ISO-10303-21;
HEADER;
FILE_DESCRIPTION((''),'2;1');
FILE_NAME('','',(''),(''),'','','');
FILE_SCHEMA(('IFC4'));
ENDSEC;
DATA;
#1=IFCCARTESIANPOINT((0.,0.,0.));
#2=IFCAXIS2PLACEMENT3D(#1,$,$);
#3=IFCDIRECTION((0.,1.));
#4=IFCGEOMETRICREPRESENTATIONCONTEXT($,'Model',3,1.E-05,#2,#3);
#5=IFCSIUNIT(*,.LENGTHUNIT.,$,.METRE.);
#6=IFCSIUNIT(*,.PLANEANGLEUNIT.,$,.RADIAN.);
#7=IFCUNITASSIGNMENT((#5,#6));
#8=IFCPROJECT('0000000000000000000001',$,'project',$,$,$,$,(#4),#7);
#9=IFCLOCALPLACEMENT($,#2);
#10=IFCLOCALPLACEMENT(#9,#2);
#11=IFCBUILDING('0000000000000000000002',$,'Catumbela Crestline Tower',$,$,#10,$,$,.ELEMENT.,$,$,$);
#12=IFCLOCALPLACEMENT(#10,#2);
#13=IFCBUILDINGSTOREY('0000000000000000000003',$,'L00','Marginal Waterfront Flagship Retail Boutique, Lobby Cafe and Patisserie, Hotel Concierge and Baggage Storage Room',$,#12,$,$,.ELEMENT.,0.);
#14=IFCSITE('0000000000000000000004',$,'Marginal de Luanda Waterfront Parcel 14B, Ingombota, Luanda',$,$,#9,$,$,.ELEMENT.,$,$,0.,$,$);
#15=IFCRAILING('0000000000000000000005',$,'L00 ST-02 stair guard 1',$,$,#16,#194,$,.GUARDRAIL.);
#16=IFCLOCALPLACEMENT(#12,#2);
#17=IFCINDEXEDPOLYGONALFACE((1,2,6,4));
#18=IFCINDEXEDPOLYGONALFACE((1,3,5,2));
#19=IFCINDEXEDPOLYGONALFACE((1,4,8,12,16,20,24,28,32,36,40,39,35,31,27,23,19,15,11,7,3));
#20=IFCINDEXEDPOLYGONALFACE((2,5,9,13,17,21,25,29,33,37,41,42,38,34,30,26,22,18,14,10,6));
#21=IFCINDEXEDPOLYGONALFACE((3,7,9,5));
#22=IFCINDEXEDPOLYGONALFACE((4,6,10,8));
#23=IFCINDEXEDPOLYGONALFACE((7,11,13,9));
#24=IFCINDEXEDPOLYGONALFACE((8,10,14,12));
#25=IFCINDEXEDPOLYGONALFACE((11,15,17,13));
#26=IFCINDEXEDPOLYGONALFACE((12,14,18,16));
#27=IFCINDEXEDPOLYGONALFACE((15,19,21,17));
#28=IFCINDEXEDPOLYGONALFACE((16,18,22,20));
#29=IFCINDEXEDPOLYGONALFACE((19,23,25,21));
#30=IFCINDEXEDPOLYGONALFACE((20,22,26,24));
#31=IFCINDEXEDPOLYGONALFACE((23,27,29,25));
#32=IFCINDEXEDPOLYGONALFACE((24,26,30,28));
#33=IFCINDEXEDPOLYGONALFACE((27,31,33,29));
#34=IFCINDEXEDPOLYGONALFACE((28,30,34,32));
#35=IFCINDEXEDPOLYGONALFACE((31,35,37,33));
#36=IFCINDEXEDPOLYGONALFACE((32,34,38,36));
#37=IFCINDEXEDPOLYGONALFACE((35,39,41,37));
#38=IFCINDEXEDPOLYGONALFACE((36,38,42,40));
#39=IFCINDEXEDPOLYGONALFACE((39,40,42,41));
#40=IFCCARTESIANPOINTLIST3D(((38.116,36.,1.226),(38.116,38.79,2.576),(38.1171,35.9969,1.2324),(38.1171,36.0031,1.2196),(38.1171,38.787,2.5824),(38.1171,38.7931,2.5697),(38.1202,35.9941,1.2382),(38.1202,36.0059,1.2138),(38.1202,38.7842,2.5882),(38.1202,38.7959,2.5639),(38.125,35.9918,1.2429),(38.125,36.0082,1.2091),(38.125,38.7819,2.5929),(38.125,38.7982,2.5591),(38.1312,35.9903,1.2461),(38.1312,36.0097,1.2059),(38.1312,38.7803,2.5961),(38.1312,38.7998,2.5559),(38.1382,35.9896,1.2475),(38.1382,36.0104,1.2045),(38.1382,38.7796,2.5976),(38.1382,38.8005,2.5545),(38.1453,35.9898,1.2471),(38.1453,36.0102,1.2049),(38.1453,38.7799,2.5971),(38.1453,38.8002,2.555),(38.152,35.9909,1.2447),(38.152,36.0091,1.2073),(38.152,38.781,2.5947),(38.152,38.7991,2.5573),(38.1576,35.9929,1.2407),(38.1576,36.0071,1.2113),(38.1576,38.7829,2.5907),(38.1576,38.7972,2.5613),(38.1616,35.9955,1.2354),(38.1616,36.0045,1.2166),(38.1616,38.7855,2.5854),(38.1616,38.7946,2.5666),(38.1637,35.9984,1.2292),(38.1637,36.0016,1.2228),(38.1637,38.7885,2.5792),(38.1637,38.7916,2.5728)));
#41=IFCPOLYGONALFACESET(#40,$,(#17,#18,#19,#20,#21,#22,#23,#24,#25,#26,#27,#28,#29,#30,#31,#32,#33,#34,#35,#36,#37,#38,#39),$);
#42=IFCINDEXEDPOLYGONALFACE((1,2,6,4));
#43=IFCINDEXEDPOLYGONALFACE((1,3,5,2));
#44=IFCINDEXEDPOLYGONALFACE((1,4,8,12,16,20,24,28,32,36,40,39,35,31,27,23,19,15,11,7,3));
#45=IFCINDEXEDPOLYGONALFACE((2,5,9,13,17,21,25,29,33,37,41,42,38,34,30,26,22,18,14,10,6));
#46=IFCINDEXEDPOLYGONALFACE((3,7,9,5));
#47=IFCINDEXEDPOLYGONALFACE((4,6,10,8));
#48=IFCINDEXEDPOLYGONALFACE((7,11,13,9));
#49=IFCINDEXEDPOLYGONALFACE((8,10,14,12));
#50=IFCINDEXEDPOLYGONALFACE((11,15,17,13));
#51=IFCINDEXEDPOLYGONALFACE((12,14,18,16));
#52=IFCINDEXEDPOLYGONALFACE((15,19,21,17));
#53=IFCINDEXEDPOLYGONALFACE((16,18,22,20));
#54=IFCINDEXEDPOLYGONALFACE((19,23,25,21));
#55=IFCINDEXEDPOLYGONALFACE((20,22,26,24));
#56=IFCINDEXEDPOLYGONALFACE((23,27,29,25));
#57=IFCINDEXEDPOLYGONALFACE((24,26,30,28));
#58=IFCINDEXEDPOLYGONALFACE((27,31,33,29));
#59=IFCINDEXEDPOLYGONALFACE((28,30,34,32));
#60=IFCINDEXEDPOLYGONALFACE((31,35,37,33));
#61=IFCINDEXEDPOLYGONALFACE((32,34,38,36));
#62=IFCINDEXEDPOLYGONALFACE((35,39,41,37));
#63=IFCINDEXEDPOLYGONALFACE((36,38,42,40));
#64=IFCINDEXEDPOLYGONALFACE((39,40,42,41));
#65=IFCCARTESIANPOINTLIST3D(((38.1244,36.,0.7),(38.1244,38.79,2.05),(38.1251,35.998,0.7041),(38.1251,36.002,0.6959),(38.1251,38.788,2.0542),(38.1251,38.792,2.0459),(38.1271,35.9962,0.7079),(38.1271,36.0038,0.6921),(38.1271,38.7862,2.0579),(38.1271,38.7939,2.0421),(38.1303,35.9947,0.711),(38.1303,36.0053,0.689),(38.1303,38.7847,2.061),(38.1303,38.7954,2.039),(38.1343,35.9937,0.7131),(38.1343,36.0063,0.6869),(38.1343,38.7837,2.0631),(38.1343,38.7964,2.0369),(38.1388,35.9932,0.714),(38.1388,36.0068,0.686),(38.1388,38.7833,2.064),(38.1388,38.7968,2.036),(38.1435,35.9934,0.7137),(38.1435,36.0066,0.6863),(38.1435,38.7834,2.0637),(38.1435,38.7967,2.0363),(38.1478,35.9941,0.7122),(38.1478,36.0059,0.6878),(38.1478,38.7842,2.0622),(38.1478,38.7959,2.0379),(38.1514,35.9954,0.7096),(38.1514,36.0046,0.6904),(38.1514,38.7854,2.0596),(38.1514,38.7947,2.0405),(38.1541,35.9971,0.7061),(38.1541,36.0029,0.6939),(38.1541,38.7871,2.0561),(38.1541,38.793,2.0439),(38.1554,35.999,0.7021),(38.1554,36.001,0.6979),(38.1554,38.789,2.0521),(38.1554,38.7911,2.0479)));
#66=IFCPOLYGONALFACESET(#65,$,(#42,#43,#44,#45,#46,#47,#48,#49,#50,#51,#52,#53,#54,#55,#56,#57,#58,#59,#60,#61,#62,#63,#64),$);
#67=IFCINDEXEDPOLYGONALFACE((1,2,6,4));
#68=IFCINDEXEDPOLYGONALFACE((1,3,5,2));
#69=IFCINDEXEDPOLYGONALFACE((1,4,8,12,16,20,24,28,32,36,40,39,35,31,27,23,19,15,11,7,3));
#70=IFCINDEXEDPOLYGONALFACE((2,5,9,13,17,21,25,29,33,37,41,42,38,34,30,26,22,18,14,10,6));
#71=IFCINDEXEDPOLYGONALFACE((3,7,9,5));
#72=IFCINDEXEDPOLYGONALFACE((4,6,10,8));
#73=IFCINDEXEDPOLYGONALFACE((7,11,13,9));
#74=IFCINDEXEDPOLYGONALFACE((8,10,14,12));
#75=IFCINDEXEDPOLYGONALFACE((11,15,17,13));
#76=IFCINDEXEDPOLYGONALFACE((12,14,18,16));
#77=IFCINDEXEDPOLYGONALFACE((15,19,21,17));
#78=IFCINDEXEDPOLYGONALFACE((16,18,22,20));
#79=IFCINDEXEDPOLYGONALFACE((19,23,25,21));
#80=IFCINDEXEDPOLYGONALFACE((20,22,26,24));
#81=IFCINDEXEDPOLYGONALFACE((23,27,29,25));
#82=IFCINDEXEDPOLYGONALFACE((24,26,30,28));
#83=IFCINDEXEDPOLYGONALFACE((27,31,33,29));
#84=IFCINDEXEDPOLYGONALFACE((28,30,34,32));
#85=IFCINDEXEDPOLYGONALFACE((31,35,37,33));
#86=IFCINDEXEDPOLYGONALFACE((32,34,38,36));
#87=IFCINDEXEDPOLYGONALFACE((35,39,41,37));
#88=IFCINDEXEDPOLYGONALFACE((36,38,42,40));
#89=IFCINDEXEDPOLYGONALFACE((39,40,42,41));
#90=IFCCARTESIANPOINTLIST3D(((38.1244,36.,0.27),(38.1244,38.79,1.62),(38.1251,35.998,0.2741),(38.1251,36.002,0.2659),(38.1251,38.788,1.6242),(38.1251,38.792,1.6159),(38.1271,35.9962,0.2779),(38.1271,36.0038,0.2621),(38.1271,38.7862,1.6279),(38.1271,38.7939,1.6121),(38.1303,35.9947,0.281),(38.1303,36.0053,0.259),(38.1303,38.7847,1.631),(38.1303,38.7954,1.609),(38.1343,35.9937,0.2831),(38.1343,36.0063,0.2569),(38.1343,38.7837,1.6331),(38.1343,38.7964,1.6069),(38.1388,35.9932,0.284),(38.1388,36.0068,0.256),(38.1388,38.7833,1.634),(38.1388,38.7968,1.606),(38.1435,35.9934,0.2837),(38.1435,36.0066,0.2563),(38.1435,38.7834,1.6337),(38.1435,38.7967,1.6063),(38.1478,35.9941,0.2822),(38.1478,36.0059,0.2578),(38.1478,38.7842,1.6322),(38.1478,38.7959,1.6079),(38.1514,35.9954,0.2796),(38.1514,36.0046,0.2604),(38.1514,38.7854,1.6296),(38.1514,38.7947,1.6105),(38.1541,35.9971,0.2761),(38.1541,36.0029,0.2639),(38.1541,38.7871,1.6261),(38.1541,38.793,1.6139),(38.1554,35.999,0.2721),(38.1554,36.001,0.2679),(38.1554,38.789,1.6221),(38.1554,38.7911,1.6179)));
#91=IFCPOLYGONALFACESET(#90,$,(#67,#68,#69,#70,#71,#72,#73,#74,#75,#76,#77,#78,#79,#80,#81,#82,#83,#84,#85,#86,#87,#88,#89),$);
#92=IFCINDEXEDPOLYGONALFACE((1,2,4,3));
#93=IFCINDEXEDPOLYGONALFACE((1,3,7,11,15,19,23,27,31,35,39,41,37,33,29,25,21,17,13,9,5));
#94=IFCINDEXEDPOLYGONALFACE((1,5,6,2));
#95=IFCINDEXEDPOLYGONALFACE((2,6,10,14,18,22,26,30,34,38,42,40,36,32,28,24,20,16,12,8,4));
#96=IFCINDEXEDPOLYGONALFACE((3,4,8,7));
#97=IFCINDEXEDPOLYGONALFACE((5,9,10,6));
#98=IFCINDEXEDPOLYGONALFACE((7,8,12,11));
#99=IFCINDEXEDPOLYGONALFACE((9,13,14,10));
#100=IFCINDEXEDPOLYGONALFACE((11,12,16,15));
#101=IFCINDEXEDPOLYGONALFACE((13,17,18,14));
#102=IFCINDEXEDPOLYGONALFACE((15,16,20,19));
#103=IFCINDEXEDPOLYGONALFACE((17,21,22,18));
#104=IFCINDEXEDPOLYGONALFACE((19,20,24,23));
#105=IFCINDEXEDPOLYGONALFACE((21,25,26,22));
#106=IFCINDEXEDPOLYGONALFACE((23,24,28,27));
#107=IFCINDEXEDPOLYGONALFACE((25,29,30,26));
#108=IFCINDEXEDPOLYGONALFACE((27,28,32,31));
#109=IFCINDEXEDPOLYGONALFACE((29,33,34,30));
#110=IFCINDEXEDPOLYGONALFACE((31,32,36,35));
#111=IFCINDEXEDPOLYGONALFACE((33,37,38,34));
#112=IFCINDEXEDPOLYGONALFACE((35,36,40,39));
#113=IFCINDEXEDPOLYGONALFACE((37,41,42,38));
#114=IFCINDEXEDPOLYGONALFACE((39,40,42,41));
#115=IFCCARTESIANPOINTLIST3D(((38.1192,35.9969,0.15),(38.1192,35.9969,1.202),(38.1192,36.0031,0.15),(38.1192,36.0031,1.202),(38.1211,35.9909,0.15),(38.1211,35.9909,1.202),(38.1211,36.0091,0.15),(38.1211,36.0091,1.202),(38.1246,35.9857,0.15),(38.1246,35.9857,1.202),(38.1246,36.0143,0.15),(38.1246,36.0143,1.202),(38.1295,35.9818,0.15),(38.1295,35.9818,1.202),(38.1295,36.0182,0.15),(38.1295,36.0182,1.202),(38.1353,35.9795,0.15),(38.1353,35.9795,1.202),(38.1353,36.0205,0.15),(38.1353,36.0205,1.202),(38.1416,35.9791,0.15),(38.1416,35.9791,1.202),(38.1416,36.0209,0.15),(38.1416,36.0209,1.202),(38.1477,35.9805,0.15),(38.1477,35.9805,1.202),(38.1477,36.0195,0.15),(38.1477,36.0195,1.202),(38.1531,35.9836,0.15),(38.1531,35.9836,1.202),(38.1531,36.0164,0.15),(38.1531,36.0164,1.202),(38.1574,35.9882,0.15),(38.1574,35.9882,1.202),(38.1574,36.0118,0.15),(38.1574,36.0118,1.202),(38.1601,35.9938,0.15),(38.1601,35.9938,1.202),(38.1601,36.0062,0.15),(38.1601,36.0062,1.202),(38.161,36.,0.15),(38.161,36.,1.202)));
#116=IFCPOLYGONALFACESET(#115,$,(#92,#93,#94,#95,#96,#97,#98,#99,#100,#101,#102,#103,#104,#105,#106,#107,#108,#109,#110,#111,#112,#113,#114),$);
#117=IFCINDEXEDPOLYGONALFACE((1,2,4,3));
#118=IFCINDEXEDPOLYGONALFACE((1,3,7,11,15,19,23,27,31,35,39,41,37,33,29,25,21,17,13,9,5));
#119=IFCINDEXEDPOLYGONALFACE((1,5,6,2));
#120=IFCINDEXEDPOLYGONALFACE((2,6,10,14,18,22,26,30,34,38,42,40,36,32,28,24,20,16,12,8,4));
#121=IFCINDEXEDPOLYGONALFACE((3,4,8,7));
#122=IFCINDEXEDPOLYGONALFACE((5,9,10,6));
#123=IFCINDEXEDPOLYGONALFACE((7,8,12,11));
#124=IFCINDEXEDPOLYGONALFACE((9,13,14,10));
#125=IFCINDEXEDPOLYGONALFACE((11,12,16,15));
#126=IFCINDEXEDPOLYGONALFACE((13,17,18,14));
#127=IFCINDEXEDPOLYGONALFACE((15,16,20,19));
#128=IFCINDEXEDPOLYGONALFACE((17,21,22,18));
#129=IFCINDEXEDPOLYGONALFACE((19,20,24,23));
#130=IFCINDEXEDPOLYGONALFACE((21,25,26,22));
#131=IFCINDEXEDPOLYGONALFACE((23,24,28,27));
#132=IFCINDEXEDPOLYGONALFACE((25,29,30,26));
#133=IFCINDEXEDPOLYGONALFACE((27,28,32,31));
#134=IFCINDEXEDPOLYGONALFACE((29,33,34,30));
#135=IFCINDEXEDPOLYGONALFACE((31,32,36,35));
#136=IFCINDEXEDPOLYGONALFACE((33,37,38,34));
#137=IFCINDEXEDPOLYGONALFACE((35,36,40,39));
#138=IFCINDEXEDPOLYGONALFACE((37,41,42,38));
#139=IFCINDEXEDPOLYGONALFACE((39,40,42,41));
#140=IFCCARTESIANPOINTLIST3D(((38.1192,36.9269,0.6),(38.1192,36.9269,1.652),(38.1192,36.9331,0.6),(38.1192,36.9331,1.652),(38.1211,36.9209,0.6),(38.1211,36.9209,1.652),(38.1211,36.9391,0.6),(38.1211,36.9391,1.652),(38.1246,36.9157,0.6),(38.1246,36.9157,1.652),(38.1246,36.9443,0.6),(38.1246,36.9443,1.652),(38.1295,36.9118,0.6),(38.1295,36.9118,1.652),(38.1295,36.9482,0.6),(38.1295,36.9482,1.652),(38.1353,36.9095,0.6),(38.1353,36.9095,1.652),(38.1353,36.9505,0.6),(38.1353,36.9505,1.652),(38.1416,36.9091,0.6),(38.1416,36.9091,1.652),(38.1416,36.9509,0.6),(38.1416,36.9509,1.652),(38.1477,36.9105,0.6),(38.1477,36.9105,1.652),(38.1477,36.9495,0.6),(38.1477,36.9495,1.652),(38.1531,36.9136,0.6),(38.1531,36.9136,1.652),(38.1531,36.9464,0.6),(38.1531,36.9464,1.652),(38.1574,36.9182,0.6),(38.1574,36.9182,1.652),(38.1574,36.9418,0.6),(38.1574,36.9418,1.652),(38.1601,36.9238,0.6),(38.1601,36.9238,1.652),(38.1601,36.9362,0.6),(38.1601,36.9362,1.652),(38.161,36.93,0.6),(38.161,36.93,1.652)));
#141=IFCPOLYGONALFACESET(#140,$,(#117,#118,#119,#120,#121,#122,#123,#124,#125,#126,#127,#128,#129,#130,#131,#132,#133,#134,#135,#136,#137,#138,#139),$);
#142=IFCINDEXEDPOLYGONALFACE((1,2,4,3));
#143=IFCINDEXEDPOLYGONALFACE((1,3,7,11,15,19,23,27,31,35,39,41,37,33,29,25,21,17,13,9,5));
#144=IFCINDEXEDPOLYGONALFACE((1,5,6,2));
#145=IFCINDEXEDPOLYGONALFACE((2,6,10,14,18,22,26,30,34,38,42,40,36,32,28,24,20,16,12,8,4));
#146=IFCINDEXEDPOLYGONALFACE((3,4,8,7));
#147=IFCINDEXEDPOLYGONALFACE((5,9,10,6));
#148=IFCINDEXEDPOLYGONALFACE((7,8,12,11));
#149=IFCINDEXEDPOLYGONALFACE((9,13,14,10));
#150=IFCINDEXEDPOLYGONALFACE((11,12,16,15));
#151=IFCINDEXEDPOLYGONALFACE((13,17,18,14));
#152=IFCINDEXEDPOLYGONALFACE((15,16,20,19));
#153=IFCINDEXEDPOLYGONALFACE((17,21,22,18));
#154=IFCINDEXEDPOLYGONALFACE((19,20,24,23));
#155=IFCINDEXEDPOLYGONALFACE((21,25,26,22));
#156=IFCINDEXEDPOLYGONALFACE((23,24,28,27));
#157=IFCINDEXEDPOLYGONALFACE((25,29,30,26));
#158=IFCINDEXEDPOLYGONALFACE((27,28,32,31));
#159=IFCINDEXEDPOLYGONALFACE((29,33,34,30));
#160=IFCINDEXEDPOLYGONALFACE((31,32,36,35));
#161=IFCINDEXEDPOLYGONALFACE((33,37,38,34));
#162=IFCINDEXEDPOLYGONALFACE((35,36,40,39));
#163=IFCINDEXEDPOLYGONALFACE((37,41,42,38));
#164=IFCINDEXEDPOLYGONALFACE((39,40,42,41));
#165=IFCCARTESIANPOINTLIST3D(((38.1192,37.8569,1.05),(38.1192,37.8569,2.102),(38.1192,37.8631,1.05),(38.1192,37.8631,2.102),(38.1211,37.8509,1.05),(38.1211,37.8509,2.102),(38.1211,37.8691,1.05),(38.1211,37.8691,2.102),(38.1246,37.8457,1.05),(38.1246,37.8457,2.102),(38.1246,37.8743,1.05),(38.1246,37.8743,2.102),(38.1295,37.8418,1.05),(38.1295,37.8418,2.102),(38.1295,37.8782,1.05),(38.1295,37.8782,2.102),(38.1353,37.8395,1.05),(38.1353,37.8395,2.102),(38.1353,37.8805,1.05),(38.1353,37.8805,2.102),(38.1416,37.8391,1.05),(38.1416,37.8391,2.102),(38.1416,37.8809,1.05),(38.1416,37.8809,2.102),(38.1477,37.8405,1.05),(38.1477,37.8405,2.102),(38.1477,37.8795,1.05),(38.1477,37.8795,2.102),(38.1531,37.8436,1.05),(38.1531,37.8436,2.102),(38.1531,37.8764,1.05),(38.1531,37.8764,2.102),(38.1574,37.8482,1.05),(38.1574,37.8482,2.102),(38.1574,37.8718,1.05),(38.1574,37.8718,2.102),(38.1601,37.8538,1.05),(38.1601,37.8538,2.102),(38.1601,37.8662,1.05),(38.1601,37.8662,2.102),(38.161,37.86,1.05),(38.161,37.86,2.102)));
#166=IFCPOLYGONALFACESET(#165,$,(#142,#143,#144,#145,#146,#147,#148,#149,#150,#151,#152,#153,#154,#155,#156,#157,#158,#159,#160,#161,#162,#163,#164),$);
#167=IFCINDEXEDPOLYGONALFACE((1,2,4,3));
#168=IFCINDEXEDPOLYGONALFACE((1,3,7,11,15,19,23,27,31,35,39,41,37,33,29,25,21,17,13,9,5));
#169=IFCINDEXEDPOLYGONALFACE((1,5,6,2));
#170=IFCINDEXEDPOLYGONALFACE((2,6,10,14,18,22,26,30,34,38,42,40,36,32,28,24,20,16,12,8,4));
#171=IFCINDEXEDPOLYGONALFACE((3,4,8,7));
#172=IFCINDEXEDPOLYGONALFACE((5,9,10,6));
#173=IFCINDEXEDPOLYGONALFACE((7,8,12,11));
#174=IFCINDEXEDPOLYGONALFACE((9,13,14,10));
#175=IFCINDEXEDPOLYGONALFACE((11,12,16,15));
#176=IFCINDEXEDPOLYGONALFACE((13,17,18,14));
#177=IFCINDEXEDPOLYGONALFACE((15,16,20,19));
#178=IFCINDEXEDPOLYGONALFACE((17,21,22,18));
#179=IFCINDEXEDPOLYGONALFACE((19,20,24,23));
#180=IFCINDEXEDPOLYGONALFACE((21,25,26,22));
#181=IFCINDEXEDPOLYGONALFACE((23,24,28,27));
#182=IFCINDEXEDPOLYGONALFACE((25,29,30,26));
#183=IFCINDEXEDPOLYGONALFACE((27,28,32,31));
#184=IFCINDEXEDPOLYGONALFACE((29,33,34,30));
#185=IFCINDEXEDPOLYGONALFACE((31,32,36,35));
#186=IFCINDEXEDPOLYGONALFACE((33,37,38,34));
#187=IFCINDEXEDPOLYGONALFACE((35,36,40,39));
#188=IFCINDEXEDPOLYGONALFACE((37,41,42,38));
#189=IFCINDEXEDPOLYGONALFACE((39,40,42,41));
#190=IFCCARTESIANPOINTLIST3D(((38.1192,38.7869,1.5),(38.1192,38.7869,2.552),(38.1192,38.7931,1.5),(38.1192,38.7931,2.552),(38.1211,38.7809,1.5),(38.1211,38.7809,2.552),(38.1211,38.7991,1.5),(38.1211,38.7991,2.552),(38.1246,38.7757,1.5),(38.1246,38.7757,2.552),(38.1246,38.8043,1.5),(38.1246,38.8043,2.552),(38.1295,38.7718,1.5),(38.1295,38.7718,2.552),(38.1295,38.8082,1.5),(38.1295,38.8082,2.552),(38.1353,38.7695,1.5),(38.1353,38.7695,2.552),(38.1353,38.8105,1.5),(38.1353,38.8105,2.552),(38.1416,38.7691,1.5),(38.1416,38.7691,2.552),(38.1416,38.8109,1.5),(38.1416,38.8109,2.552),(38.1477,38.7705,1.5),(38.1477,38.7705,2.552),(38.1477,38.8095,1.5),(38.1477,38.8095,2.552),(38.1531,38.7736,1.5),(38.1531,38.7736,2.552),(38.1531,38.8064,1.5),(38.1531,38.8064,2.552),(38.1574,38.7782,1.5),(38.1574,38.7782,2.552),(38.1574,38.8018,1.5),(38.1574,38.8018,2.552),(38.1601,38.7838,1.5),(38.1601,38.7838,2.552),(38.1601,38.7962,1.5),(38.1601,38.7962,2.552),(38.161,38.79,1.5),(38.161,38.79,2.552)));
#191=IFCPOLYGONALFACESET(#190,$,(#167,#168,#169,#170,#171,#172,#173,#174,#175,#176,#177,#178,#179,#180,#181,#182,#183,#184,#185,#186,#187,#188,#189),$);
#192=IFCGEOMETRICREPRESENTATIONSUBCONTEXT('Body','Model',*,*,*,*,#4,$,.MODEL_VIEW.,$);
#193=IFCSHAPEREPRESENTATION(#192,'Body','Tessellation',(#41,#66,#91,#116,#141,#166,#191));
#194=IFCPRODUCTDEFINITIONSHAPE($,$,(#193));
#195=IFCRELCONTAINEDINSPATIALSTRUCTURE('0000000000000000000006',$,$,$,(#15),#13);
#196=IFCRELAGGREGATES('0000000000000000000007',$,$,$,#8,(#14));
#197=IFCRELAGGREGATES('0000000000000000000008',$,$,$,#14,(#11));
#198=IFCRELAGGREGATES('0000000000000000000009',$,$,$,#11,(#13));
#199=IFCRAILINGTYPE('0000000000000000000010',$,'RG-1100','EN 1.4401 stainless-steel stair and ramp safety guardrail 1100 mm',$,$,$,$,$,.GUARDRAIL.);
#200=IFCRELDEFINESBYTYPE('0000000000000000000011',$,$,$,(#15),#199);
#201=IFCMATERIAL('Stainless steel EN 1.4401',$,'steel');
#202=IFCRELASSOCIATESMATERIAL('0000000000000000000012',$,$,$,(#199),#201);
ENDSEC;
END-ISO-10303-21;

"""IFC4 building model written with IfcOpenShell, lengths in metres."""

from ifc_helpers import new_model, si_unit, direction, frame, origin, origin_2d, place, context, subcontext, project, spatial, circle, extrude, material, type_object, element, save


model = new_model("IFC4")

# Units and contexts
model_context = context("Model", 3, precision=1e-05, world=origin(), true_north=direction((0.0, 1.0)))
body_context = subcontext(model_context, "Body", "Model", "MODEL_VIEW")
ifc_project = project(units=[si_unit("LENGTHUNIT", "METRE"), si_unit("PLANEANGLEUNIT", "RADIAN")], contexts=[model_context])

# Site, building, storey
site_placement = place(None, origin())
site = spatial("IfcSite", under=ifc_project, at=site_placement, Name="Marginal de Luanda Waterfront Parcel 14B, Ingombota, Luanda", CompositionType="ELEMENT", RefElevation=0.0)
building_placement = place(site_placement, origin())
building = spatial("IfcBuilding", under=site, at=building_placement, Name="Catumbela Crestline Tower", CompositionType="ELEMENT")
storey_placement = place(building_placement, origin())
storey = spatial("IfcBuildingStorey", under=building, at=storey_placement, Name="L00", Description="Marginal Waterfront Flagship Retail Boutique, Lobby Cafe and Patisserie, Hotel Concierge and Baggage Storage Room", CompositionType="ELEMENT", Elevation=0.0)

# Shared definitions
ifc_material_1 = material(Name="Stainless steel EN 1.4401", Category="steel")

# Railing
railing_type_1 = type_object("IfcRailingType", Name="RG-1100", Description="EN 1.4401 stainless-steel stair and ramp safety guardrail 1100 mm", PredefinedType="GUARDRAIL", material=ifc_material_1)
railing_1_placement = place(storey_placement, frame((38.14, 36.0, 0.15)))
element("IfcRailing", 1, at=railing_1_placement, inside=storey, type_object=railing_type_1, Name="L00 ST-02 stair guard 1", PredefinedType="GUARDRAIL", context=body_context, shape_type="SweptSolid", body=[
    extrude(circle(Radius=0.024, at=origin_2d()), frame((0.0, 0.0, 1.076), z_axis=(0.0, 0.900159, 0.435561), x_axis=(-1.0, 0.0, 0.0)), (0.0, 0.0, 1.0), 3.0995),
    extrude(circle(Radius=0.0156, at=origin_2d()), frame((0.0, 0.0, 0.55), z_axis=(0.0, 0.900159, 0.435561), x_axis=(-1.0, 0.0, 0.0)), (0.0, 0.0, 1.0), 3.0995),
    extrude(circle(Radius=0.0156, at=origin_2d()), frame((0.0, 0.0, 0.12), z_axis=(0.0, 0.900159, 0.435561), x_axis=(-1.0, 0.0, 0.0)), (0.0, 0.0, 1.0), 3.0995),
    extrude(circle(Radius=0.021, at=origin_2d()), origin(), (0.0, 0.0, 1.0), 1.052),
    extrude(circle(Radius=0.021, at=origin_2d()), frame((0.0, 0.93, 0.45)), (0.0, 0.0, 1.0), 1.052),
    extrude(circle(Radius=0.021, at=origin_2d()), frame((0.0, 1.86, 0.9)), (0.0, 0.0, 1.0), 1.052),
    extrude(circle(Radius=0.021, at=origin_2d()), frame((0.0, 2.79, 1.35)), (0.0, 0.0, 1.0), 1.052),
])

save(model, "model.ifc")
